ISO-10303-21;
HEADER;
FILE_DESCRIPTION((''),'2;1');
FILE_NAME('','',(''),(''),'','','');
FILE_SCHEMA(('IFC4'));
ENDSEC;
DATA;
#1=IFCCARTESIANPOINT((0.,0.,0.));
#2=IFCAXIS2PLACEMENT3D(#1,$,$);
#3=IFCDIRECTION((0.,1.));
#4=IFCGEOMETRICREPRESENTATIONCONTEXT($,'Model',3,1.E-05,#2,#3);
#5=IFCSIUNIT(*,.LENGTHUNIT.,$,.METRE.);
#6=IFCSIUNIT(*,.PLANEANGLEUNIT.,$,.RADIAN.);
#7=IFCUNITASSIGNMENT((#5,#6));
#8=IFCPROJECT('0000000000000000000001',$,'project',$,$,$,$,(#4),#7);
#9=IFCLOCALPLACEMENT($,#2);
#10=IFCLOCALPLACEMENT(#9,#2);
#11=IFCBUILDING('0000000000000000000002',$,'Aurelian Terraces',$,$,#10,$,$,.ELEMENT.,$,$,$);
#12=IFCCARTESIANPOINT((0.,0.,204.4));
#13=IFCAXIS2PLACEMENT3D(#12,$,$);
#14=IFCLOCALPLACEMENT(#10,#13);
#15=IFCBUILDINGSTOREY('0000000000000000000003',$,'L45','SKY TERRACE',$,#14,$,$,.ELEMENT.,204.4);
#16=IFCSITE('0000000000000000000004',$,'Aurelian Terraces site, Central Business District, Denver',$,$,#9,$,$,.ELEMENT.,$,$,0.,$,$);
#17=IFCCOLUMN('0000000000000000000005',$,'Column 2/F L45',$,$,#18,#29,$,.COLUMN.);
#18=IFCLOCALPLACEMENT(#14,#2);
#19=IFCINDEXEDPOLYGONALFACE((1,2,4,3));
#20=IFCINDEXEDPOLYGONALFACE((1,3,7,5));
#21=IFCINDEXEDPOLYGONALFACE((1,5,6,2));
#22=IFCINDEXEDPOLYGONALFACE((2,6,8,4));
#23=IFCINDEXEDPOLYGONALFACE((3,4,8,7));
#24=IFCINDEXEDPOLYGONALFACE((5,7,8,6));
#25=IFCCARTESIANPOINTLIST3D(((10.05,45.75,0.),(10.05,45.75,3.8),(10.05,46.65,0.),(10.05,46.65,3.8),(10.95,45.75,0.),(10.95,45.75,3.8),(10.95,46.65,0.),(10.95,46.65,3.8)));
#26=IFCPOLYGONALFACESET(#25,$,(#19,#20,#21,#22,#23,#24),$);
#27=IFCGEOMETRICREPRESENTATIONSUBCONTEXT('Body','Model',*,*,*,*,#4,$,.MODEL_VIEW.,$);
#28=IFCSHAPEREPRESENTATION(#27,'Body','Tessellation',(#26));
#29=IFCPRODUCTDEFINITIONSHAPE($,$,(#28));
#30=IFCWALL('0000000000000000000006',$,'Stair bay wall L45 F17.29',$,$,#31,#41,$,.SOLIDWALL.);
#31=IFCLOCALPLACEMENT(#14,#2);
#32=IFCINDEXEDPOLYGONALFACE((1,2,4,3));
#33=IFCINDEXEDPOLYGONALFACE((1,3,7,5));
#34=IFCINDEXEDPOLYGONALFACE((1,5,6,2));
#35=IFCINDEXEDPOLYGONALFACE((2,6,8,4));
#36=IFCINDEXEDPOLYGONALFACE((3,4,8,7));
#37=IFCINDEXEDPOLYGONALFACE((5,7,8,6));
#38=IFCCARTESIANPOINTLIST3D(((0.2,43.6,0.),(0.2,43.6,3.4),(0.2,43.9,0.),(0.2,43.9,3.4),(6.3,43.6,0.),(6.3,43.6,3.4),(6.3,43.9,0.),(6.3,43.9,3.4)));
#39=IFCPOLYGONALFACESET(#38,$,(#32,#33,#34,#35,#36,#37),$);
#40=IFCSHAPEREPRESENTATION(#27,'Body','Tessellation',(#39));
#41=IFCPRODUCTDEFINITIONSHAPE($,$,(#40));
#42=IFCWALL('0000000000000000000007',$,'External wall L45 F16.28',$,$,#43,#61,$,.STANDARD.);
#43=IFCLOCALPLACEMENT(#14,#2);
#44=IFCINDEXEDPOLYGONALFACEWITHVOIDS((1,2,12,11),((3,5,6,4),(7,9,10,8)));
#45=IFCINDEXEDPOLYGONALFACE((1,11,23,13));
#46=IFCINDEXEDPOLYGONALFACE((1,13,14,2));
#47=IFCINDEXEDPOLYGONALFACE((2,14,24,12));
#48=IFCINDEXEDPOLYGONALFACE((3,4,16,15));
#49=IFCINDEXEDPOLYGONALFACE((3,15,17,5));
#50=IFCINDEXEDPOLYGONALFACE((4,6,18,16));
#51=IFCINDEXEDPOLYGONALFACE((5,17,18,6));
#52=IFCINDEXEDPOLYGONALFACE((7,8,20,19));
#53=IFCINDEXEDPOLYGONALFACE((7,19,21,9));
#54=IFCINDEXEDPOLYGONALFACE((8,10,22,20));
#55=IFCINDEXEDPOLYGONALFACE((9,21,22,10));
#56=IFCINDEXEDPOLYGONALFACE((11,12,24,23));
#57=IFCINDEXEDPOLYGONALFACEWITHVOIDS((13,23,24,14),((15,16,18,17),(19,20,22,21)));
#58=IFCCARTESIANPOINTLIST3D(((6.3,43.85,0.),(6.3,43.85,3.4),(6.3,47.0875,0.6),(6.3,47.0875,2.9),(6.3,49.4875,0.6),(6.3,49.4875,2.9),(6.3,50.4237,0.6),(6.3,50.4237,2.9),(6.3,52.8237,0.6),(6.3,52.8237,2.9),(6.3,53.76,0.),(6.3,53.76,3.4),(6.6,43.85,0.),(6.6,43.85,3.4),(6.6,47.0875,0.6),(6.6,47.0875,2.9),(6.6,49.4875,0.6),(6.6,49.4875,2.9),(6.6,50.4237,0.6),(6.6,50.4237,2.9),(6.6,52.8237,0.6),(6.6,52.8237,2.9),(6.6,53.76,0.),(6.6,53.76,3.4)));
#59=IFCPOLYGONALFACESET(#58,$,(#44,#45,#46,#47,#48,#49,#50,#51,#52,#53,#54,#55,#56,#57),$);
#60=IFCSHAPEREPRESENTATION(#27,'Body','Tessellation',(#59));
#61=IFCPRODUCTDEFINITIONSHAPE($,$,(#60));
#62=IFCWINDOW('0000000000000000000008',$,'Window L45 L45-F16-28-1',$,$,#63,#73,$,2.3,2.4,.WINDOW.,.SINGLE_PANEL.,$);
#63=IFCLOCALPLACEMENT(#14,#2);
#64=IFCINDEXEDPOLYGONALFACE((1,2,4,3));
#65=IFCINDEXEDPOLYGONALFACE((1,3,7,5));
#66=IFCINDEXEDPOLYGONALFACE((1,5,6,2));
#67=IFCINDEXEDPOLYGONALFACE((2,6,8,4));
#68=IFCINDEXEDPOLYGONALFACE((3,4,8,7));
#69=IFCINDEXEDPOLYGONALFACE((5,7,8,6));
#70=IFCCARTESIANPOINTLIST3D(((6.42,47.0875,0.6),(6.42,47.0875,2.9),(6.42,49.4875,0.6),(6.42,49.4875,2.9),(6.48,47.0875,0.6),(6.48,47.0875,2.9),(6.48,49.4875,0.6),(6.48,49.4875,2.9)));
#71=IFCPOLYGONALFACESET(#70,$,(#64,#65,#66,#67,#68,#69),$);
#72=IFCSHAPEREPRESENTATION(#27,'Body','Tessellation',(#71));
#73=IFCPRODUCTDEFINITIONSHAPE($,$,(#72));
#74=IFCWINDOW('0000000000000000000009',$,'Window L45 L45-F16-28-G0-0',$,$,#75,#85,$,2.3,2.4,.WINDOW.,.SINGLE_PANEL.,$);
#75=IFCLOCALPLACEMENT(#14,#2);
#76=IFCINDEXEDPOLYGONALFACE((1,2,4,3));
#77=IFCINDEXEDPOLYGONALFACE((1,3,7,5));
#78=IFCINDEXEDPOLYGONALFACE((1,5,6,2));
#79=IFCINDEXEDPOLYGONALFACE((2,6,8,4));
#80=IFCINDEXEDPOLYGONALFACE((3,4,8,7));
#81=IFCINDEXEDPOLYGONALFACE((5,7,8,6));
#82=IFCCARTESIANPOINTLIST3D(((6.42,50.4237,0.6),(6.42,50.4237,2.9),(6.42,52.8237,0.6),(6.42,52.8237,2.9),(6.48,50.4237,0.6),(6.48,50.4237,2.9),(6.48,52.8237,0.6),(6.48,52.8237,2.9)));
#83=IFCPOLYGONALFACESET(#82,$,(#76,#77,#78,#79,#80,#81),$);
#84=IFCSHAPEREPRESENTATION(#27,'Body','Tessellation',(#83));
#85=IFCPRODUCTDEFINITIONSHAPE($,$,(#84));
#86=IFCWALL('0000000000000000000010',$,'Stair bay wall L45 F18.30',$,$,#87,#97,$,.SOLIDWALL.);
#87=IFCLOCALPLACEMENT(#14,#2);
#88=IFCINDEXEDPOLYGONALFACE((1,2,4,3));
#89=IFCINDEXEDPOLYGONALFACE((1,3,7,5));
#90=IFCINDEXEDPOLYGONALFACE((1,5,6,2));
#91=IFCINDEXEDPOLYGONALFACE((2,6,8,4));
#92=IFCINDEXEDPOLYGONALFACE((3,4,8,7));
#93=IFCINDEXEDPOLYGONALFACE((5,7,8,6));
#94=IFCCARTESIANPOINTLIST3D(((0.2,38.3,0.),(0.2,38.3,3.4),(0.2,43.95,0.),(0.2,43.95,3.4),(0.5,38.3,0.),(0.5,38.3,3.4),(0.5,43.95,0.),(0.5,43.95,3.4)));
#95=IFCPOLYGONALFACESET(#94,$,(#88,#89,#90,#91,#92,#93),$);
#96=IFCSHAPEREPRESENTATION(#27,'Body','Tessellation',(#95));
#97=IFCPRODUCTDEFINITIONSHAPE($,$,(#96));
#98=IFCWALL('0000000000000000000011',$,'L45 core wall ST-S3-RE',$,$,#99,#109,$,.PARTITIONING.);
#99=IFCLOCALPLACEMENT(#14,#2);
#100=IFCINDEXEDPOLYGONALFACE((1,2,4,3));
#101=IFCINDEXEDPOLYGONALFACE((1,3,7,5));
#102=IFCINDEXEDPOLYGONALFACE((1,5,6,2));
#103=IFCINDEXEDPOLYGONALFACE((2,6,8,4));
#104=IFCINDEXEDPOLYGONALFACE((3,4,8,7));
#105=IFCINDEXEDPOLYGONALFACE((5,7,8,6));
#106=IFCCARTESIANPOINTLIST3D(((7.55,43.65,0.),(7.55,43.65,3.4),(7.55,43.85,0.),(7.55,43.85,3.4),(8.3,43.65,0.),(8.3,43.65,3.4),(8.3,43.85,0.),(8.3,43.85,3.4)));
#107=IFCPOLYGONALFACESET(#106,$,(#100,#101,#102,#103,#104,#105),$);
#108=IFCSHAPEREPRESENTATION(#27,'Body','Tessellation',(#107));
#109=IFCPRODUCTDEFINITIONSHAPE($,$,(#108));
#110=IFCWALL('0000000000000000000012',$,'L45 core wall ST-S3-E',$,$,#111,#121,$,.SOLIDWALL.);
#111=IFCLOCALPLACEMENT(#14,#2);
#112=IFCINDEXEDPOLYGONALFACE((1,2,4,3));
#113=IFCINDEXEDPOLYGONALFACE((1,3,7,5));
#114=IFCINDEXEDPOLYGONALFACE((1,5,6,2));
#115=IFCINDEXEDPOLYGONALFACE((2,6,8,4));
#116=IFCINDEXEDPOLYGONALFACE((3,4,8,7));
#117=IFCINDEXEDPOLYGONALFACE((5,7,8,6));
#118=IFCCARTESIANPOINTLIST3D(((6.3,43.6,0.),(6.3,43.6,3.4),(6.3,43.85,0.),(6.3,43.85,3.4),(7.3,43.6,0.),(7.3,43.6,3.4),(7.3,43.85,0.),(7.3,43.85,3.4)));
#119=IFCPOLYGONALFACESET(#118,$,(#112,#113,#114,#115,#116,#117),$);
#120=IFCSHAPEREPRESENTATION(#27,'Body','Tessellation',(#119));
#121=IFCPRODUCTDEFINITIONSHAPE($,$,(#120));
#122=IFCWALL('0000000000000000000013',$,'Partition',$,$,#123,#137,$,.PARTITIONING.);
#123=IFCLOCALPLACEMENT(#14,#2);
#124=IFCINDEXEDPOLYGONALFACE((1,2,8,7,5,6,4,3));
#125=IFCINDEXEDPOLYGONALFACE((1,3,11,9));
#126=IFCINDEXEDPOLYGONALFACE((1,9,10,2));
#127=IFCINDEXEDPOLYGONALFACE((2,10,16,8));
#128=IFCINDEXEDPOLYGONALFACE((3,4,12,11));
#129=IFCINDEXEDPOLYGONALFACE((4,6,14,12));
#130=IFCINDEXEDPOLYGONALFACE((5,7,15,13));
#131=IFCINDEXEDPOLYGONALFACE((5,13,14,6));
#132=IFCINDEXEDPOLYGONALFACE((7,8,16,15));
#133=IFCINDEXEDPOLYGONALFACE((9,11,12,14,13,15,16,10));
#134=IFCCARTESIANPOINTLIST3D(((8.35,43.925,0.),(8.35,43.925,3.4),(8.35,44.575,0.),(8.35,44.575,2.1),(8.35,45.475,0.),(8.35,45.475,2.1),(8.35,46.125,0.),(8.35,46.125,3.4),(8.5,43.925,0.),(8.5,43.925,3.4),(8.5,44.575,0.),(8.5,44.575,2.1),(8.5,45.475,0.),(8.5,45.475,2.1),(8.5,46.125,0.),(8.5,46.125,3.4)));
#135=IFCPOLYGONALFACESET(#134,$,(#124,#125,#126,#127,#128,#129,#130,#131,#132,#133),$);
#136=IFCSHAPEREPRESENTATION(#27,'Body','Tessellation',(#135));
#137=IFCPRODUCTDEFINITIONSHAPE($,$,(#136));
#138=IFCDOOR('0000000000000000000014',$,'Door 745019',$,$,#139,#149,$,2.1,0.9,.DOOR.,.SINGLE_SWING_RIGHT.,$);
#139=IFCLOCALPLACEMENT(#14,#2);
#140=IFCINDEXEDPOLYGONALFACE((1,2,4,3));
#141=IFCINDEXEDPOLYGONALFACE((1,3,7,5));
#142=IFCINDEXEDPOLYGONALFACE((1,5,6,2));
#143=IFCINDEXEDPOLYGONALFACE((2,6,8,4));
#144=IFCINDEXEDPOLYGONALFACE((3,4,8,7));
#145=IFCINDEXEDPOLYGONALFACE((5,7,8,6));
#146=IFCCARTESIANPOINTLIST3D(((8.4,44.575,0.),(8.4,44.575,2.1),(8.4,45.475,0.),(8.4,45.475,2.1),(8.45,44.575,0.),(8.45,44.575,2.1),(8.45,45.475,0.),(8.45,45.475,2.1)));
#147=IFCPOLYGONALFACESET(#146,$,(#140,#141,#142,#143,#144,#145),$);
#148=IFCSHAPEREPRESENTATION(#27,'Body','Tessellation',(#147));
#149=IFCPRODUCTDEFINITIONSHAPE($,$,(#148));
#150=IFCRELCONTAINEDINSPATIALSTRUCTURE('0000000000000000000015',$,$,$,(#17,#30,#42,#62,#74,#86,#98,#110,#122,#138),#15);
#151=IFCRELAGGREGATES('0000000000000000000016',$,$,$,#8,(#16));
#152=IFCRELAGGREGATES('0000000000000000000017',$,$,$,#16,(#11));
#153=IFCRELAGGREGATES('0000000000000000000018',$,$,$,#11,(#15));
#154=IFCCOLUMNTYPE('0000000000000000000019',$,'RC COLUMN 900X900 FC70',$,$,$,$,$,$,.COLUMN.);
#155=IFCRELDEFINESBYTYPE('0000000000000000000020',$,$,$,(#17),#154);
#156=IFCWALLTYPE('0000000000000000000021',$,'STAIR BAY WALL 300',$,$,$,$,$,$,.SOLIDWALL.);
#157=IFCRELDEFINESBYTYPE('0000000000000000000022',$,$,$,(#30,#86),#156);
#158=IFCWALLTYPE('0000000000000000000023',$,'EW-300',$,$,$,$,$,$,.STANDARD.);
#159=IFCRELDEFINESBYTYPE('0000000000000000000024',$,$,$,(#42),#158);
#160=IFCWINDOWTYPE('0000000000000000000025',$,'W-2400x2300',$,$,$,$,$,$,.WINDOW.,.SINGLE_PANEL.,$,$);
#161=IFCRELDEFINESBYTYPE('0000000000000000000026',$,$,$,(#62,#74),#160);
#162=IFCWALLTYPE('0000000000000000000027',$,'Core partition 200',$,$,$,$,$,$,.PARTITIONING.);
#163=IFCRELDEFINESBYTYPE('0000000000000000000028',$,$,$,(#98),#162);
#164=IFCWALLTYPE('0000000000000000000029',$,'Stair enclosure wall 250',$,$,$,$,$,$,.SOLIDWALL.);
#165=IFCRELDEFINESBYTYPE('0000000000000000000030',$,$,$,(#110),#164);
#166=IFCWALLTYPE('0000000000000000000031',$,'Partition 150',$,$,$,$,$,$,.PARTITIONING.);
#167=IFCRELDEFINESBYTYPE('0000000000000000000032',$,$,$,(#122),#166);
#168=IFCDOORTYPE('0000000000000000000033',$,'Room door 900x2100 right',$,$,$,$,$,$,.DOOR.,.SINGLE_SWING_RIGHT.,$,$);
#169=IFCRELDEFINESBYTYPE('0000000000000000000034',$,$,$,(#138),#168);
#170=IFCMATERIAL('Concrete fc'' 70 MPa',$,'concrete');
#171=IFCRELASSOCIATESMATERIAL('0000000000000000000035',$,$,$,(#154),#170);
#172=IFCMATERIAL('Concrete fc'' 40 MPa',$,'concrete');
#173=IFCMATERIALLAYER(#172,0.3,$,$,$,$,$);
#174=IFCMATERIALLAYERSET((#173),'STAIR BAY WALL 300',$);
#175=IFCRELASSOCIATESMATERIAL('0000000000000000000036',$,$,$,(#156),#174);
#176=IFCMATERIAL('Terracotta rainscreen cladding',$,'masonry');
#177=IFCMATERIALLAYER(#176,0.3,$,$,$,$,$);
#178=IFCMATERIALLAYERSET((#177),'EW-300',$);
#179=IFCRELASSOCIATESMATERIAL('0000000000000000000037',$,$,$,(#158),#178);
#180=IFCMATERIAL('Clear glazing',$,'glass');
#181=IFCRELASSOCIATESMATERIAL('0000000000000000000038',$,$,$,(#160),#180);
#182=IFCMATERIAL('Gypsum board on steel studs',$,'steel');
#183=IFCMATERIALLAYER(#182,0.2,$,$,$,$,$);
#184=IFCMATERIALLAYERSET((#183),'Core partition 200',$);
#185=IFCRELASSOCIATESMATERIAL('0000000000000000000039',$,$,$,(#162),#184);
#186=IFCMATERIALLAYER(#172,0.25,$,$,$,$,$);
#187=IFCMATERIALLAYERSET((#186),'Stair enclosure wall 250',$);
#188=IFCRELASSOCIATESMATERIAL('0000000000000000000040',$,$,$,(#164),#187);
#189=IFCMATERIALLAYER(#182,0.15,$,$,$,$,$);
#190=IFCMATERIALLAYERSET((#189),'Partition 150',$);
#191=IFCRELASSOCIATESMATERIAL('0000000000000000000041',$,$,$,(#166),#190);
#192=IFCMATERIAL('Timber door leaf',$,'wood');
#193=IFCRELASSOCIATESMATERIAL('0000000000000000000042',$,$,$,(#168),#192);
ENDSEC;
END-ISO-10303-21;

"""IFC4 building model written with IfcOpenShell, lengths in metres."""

from ifc_helpers import new_model, si_unit, direction, frame, frame_2d, origin, origin_2d, place, context, subcontext, project, spatial, rectangle, extrude, source, transform, mapped, material, layer, layer_set, material_profile, profile_set, type_object, element, fill, save


model = new_model("IFC4")

# Units and contexts
model_context = context("Model", 3, precision=1e-05, world=origin(), true_north=direction((0.0, 1.0)))
body_context = subcontext(model_context, "Body", "Model", "MODEL_VIEW")
ifc_project = project(units=[si_unit("LENGTHUNIT", "METRE"), si_unit("PLANEANGLEUNIT", "RADIAN")], contexts=[model_context])

# Site, building, storey
site_placement = place(None, origin())
site = spatial("IfcSite", under=ifc_project, at=site_placement, Name="Aurelian Terraces site, Central Business District, Denver", CompositionType="ELEMENT", RefElevation=0.0)
building_placement = place(site_placement, origin())
building = spatial("IfcBuilding", under=site, at=building_placement, Name="Aurelian Terraces", CompositionType="ELEMENT")
storey_placement = place(building_placement, frame((0.0, 0.0, 204.4)))
storey = spatial("IfcBuildingStorey", under=building, at=storey_placement, Name="L45", Description="SKY TERRACE", CompositionType="ELEMENT", Elevation=204.4)

# Column
ifc_material_1 = material(Name="Concrete fc' 70 MPa", Category="concrete")
ifc_material_profile = material_profile(ifc_material_1, rectangle(XDim=0.9, YDim=0.9, at=origin_2d()))
ifc_profile_set = profile_set([ifc_material_profile], Name="Concrete fc' 70 MPa")
column_type = type_object("IfcColumnType", Name="RC COLUMN 900X900 FC70", PredefinedType="COLUMN", material=ifc_profile_set)
shared_shape_1 = source(origin(), body_context, "Body", "SweptSolid", [
    extrude(rectangle(XDim=0.9, YDim=0.9, at=origin_2d()), origin(), (0.0, 0.0, 1.0), 3.8),
])
column_placement = place(storey_placement, frame((10.5, 46.2, 0.0), z_axis=(0.0, 0.0, 1.0), x_axis=(1.0, 0.0, 0.0)))
element("IfcColumn", 1, at=column_placement, inside=storey, type_object=column_type, Name="Column 2/F L45", PredefinedType="COLUMN", context=body_context, shape_type="MappedRepresentation", body=[
    mapped(shared_shape_1, transform((0.0, 0.0, 0.0), scale=1.0)),
])

# Wall
ifc_material_2 = material(Name="Concrete fc' 40 MPa", Category="concrete")
ifc_layer_1 = layer(ifc_material_2, 0.3)
ifc_layer_set_1 = layer_set([ifc_layer_1], Name="STAIR BAY WALL 300")
wall_type_1 = type_object("IfcWallType", Name="STAIR BAY WALL 300", PredefinedType="SOLIDWALL", material=ifc_layer_set_1)
shared_shape_2 = source(origin(), body_context, "Body", "SweptSolid", [
    extrude(rectangle(XDim=6.1, YDim=0.3, at=frame_2d((3.05, 0.0))), origin(), (0.0, 0.0, 1.0), 3.4),
])
wall_1_placement = place(storey_placement, frame((6.3, 43.75, 0.0), z_axis=(0.0, 0.0, 1.0), x_axis=(-1.0, 0.0, 0.0)))
element("IfcWall", 2, at=wall_1_placement, inside=storey, type_object=wall_type_1, Name="Stair bay wall L45 F17.29", PredefinedType="SOLIDWALL", context=body_context, shape_type="MappedRepresentation", body=[
    mapped(shared_shape_2, transform((0.0, 0.0, 0.0), scale=1.0)),
])

# Wall, openings, windows
ifc_material_3 = material(Name="Terracotta rainscreen cladding", Category="masonry")
ifc_layer_2 = layer(ifc_material_3, 0.3)
ifc_layer_set_2 = layer_set([ifc_layer_2], Name="EW-300")
wall_type_2 = type_object("IfcWallType", Name="EW-300", PredefinedType="STANDARD", material=ifc_layer_set_2)
shared_shape_3 = source(origin(), body_context, "Body", "SweptSolid", [
    extrude(rectangle(XDim=9.91, YDim=0.3, at=frame_2d((4.955, 0.0))), origin(), (0.0, 0.0, 1.0), 3.4),
])
wall_2_placement = place(storey_placement, frame((6.45, 53.76, 0.0), z_axis=(0.0, 0.0, 1.0), x_axis=(0.0, -1.0, 0.0)))
wall_2 = element("IfcWall", 3, at=wall_2_placement, inside=storey, type_object=wall_type_2, Name="External wall L45 F16.28", PredefinedType="STANDARD", context=body_context, shape_type="MappedRepresentation", body=[
    mapped(shared_shape_3, transform((0.0, 0.0, 0.0), scale=1.0)),
])
shared_shape_4 = source(origin(), body_context, "Body", "SweptSolid", [
    extrude(rectangle(XDim=2.4, YDim=2.3, at=frame_2d((1.2, 1.15))), frame((0.0, 0.16, 0.0), z_axis=(0.0, -1.0, 0.0), x_axis=(1.0, 0.0, 0.0)), (0.0, 0.0, 1.0), 0.32),
])
opening_1_placement = place(wall_2_placement, frame((4.2725, 0.0, 0.6)))
opening_1 = element("IfcOpeningElement", 4, at=opening_1_placement, cuts=wall_2, PredefinedType="OPENING", context=body_context, shape_type="MappedRepresentation", body=[
    mapped(shared_shape_4, transform((0.0, 0.0, 0.0), scale=1.0)),
])
opening_2_placement = place(wall_2_placement, frame((0.9363, 0.0, 0.6)))
opening_2 = element("IfcOpeningElement", 5, at=opening_2_placement, cuts=wall_2, PredefinedType="OPENING", context=body_context, shape_type="MappedRepresentation", body=[
    mapped(shared_shape_4, transform((0.0, 0.0, 0.0), scale=1.0)),
])
ifc_material_4 = material(Name="Clear glazing", Category="glass")
window_type = type_object("IfcWindowType", Name="W-2400x2300", PartitioningType="SINGLE_PANEL", PredefinedType="WINDOW", material=ifc_material_4)
shared_shape_5 = source(origin(), body_context, "Body", "SweptSolid", [
    extrude(rectangle(XDim=2.4, YDim=2.3, at=frame_2d((1.2, 1.15))), frame((0.0, 0.03, 0.0), z_axis=(0.0, -1.0, 0.0), x_axis=(1.0, 0.0, 0.0)), (0.0, 0.0, 1.0), 0.06),
])
window_1_placement = place(opening_1_placement, origin())
window_1 = element("IfcWindow", 6, at=window_1_placement, inside=storey, type_object=window_type, Name="Window L45 L45-F16-28-1", OverallHeight=2.3, OverallWidth=2.4, PartitioningType="SINGLE_PANEL", PredefinedType="WINDOW", context=body_context, shape_type="MappedRepresentation", body=[
    mapped(shared_shape_5, transform((0.0, 0.0, 0.0), scale=1.0)),
])
fill(opening_1, window_1)
window_2_placement = place(opening_2_placement, origin())
window_2 = element("IfcWindow", 7, at=window_2_placement, inside=storey, type_object=window_type, Name="Window L45 L45-F16-28-G0-0", OverallHeight=2.3, OverallWidth=2.4, PartitioningType="SINGLE_PANEL", PredefinedType="WINDOW", context=body_context, shape_type="MappedRepresentation", body=[
    mapped(shared_shape_5, transform((0.0, 0.0, 0.0), scale=1.0)),
])
fill(opening_2, window_2)

# Walls
shared_shape_6 = source(origin(), body_context, "Body", "SweptSolid", [
    extrude(rectangle(XDim=5.65, YDim=0.3, at=frame_2d((2.825, 0.0))), origin(), (0.0, 0.0, 1.0), 3.4),
])
wall_3_placement = place(storey_placement, frame((0.35, 43.95, 0.0), z_axis=(0.0, 0.0, 1.0), x_axis=(0.0, -1.0, 0.0)))
element("IfcWall", 8, at=wall_3_placement, inside=storey, type_object=wall_type_1, Name="Stair bay wall L45 F18.30", PredefinedType="SOLIDWALL", context=body_context, shape_type="MappedRepresentation", body=[
    mapped(shared_shape_6, transform((0.0, 0.0, 0.0), scale=1.0)),
])
ifc_material_5 = material(Name="Gypsum board on steel studs", Category="steel")
ifc_layer_3 = layer(ifc_material_5, 0.2)
ifc_layer_set_3 = layer_set([ifc_layer_3], Name="Core partition 200")
wall_type_3 = type_object("IfcWallType", Name="Core partition 200", PredefinedType="PARTITIONING", material=ifc_layer_set_3)
shared_shape_7 = source(origin(), body_context, "Body", "SweptSolid", [
    extrude(rectangle(XDim=0.75, YDim=0.2, at=frame_2d((0.375, 0.0))), origin(), (0.0, 0.0, 1.0), 3.4),
])
wall_4_placement = place(storey_placement, frame((7.55, 43.75, 0.0), z_axis=(0.0, 0.0, 1.0), x_axis=(1.0, 0.0, 0.0)))
element("IfcWall", 9, at=wall_4_placement, inside=storey, type_object=wall_type_3, Name="L45 core wall ST-S3-RE", PredefinedType="PARTITIONING", context=body_context, shape_type="MappedRepresentation", body=[
    mapped(shared_shape_7, transform((0.0, 0.0, 0.0), scale=1.0)),
])
ifc_layer_4 = layer(ifc_material_2, 0.25)
ifc_layer_set_4 = layer_set([ifc_layer_4], Name="Stair enclosure wall 250")
wall_type_4 = type_object("IfcWallType", Name="Stair enclosure wall 250", PredefinedType="SOLIDWALL", material=ifc_layer_set_4)
shared_shape_8 = source(origin(), body_context, "Body", "SweptSolid", [
    extrude(rectangle(XDim=1.0, YDim=0.25, at=frame_2d((0.5, 0.0))), origin(), (0.0, 0.0, 1.0), 3.4),
])
wall_5_placement = place(storey_placement, frame((6.3, 43.725, 0.0), z_axis=(0.0, 0.0, 1.0), x_axis=(1.0, 0.0, 0.0)))
element("IfcWall", 10, at=wall_5_placement, inside=storey, type_object=wall_type_4, Name="L45 core wall ST-S3-E", PredefinedType="SOLIDWALL", context=body_context, shape_type="MappedRepresentation", body=[
    mapped(shared_shape_8, transform((0.0, 0.0, 0.0), scale=1.0)),
])

# Wall, opening, door
ifc_layer_5 = layer(ifc_material_5, 0.15)
ifc_layer_set_5 = layer_set([ifc_layer_5], Name="Partition 150")
wall_type_5 = type_object("IfcWallType", Name="Partition 150", PredefinedType="PARTITIONING", material=ifc_layer_set_5)
shared_shape_9 = source(origin(), body_context, "Body", "SweptSolid", [
    extrude(rectangle(XDim=2.2, YDim=0.15, at=frame_2d((1.1, 0.0))), origin(), (0.0, 0.0, 1.0), 3.4),
])
wall_6_placement = place(storey_placement, frame((8.425, 43.925, 0.0), z_axis=(0.0, 0.0, 1.0), x_axis=(0.0, 1.0, 0.0)))
wall_6 = element("IfcWall", 11, at=wall_6_placement, inside=storey, type_object=wall_type_5, Name="Partition", PredefinedType="PARTITIONING", context=body_context, shape_type="MappedRepresentation", body=[
    mapped(shared_shape_9, transform((0.0, 0.0, 0.0), scale=1.0)),
])
shared_shape_10 = source(origin(), body_context, "Body", "SweptSolid", [
    extrude(rectangle(XDim=0.9, YDim=2.1, at=frame_2d((0.45, 1.05))), frame((0.0, 0.085, 0.0), z_axis=(0.0, -1.0, 0.0), x_axis=(1.0, 0.0, 0.0)), (0.0, 0.0, 1.0), 0.17),
])
opening_3_placement = place(wall_6_placement, frame((0.65, 0.0, 0.0)))
opening_3 = element("IfcOpeningElement", 12, at=opening_3_placement, cuts=wall_6, PredefinedType="OPENING", context=body_context, shape_type="MappedRepresentation", body=[
    mapped(shared_shape_10, transform((0.0, 0.0, 0.0), scale=1.0)),
])
ifc_material_6 = material(Name="Timber door leaf", Category="wood")
door_type = type_object("IfcDoorType", Name="Room door 900x2100 right", OperationType="SINGLE_SWING_RIGHT", PredefinedType="DOOR", material=ifc_material_6)
shared_shape_11 = source(origin(), body_context, "Body", "SweptSolid", [
    extrude(rectangle(XDim=0.9, YDim=2.1, at=frame_2d((0.45, 1.05))), frame((0.0, 0.025, 0.0), z_axis=(0.0, -1.0, 0.0), x_axis=(1.0, 0.0, 0.0)), (0.0, 0.0, 1.0), 0.05),
])
door_placement = place(opening_3_placement, origin())
door = element("IfcDoor", 13, at=door_placement, inside=storey, type_object=door_type, Name="Door 745019", OperationType="SINGLE_SWING_RIGHT", OverallHeight=2.1, OverallWidth=0.9, PredefinedType="DOOR", context=body_context, shape_type="MappedRepresentation", body=[
    mapped(shared_shape_11, transform((0.0, 0.0, 0.0), scale=1.0)),
])
fill(opening_3, door)

save(model, "model.ifc")
